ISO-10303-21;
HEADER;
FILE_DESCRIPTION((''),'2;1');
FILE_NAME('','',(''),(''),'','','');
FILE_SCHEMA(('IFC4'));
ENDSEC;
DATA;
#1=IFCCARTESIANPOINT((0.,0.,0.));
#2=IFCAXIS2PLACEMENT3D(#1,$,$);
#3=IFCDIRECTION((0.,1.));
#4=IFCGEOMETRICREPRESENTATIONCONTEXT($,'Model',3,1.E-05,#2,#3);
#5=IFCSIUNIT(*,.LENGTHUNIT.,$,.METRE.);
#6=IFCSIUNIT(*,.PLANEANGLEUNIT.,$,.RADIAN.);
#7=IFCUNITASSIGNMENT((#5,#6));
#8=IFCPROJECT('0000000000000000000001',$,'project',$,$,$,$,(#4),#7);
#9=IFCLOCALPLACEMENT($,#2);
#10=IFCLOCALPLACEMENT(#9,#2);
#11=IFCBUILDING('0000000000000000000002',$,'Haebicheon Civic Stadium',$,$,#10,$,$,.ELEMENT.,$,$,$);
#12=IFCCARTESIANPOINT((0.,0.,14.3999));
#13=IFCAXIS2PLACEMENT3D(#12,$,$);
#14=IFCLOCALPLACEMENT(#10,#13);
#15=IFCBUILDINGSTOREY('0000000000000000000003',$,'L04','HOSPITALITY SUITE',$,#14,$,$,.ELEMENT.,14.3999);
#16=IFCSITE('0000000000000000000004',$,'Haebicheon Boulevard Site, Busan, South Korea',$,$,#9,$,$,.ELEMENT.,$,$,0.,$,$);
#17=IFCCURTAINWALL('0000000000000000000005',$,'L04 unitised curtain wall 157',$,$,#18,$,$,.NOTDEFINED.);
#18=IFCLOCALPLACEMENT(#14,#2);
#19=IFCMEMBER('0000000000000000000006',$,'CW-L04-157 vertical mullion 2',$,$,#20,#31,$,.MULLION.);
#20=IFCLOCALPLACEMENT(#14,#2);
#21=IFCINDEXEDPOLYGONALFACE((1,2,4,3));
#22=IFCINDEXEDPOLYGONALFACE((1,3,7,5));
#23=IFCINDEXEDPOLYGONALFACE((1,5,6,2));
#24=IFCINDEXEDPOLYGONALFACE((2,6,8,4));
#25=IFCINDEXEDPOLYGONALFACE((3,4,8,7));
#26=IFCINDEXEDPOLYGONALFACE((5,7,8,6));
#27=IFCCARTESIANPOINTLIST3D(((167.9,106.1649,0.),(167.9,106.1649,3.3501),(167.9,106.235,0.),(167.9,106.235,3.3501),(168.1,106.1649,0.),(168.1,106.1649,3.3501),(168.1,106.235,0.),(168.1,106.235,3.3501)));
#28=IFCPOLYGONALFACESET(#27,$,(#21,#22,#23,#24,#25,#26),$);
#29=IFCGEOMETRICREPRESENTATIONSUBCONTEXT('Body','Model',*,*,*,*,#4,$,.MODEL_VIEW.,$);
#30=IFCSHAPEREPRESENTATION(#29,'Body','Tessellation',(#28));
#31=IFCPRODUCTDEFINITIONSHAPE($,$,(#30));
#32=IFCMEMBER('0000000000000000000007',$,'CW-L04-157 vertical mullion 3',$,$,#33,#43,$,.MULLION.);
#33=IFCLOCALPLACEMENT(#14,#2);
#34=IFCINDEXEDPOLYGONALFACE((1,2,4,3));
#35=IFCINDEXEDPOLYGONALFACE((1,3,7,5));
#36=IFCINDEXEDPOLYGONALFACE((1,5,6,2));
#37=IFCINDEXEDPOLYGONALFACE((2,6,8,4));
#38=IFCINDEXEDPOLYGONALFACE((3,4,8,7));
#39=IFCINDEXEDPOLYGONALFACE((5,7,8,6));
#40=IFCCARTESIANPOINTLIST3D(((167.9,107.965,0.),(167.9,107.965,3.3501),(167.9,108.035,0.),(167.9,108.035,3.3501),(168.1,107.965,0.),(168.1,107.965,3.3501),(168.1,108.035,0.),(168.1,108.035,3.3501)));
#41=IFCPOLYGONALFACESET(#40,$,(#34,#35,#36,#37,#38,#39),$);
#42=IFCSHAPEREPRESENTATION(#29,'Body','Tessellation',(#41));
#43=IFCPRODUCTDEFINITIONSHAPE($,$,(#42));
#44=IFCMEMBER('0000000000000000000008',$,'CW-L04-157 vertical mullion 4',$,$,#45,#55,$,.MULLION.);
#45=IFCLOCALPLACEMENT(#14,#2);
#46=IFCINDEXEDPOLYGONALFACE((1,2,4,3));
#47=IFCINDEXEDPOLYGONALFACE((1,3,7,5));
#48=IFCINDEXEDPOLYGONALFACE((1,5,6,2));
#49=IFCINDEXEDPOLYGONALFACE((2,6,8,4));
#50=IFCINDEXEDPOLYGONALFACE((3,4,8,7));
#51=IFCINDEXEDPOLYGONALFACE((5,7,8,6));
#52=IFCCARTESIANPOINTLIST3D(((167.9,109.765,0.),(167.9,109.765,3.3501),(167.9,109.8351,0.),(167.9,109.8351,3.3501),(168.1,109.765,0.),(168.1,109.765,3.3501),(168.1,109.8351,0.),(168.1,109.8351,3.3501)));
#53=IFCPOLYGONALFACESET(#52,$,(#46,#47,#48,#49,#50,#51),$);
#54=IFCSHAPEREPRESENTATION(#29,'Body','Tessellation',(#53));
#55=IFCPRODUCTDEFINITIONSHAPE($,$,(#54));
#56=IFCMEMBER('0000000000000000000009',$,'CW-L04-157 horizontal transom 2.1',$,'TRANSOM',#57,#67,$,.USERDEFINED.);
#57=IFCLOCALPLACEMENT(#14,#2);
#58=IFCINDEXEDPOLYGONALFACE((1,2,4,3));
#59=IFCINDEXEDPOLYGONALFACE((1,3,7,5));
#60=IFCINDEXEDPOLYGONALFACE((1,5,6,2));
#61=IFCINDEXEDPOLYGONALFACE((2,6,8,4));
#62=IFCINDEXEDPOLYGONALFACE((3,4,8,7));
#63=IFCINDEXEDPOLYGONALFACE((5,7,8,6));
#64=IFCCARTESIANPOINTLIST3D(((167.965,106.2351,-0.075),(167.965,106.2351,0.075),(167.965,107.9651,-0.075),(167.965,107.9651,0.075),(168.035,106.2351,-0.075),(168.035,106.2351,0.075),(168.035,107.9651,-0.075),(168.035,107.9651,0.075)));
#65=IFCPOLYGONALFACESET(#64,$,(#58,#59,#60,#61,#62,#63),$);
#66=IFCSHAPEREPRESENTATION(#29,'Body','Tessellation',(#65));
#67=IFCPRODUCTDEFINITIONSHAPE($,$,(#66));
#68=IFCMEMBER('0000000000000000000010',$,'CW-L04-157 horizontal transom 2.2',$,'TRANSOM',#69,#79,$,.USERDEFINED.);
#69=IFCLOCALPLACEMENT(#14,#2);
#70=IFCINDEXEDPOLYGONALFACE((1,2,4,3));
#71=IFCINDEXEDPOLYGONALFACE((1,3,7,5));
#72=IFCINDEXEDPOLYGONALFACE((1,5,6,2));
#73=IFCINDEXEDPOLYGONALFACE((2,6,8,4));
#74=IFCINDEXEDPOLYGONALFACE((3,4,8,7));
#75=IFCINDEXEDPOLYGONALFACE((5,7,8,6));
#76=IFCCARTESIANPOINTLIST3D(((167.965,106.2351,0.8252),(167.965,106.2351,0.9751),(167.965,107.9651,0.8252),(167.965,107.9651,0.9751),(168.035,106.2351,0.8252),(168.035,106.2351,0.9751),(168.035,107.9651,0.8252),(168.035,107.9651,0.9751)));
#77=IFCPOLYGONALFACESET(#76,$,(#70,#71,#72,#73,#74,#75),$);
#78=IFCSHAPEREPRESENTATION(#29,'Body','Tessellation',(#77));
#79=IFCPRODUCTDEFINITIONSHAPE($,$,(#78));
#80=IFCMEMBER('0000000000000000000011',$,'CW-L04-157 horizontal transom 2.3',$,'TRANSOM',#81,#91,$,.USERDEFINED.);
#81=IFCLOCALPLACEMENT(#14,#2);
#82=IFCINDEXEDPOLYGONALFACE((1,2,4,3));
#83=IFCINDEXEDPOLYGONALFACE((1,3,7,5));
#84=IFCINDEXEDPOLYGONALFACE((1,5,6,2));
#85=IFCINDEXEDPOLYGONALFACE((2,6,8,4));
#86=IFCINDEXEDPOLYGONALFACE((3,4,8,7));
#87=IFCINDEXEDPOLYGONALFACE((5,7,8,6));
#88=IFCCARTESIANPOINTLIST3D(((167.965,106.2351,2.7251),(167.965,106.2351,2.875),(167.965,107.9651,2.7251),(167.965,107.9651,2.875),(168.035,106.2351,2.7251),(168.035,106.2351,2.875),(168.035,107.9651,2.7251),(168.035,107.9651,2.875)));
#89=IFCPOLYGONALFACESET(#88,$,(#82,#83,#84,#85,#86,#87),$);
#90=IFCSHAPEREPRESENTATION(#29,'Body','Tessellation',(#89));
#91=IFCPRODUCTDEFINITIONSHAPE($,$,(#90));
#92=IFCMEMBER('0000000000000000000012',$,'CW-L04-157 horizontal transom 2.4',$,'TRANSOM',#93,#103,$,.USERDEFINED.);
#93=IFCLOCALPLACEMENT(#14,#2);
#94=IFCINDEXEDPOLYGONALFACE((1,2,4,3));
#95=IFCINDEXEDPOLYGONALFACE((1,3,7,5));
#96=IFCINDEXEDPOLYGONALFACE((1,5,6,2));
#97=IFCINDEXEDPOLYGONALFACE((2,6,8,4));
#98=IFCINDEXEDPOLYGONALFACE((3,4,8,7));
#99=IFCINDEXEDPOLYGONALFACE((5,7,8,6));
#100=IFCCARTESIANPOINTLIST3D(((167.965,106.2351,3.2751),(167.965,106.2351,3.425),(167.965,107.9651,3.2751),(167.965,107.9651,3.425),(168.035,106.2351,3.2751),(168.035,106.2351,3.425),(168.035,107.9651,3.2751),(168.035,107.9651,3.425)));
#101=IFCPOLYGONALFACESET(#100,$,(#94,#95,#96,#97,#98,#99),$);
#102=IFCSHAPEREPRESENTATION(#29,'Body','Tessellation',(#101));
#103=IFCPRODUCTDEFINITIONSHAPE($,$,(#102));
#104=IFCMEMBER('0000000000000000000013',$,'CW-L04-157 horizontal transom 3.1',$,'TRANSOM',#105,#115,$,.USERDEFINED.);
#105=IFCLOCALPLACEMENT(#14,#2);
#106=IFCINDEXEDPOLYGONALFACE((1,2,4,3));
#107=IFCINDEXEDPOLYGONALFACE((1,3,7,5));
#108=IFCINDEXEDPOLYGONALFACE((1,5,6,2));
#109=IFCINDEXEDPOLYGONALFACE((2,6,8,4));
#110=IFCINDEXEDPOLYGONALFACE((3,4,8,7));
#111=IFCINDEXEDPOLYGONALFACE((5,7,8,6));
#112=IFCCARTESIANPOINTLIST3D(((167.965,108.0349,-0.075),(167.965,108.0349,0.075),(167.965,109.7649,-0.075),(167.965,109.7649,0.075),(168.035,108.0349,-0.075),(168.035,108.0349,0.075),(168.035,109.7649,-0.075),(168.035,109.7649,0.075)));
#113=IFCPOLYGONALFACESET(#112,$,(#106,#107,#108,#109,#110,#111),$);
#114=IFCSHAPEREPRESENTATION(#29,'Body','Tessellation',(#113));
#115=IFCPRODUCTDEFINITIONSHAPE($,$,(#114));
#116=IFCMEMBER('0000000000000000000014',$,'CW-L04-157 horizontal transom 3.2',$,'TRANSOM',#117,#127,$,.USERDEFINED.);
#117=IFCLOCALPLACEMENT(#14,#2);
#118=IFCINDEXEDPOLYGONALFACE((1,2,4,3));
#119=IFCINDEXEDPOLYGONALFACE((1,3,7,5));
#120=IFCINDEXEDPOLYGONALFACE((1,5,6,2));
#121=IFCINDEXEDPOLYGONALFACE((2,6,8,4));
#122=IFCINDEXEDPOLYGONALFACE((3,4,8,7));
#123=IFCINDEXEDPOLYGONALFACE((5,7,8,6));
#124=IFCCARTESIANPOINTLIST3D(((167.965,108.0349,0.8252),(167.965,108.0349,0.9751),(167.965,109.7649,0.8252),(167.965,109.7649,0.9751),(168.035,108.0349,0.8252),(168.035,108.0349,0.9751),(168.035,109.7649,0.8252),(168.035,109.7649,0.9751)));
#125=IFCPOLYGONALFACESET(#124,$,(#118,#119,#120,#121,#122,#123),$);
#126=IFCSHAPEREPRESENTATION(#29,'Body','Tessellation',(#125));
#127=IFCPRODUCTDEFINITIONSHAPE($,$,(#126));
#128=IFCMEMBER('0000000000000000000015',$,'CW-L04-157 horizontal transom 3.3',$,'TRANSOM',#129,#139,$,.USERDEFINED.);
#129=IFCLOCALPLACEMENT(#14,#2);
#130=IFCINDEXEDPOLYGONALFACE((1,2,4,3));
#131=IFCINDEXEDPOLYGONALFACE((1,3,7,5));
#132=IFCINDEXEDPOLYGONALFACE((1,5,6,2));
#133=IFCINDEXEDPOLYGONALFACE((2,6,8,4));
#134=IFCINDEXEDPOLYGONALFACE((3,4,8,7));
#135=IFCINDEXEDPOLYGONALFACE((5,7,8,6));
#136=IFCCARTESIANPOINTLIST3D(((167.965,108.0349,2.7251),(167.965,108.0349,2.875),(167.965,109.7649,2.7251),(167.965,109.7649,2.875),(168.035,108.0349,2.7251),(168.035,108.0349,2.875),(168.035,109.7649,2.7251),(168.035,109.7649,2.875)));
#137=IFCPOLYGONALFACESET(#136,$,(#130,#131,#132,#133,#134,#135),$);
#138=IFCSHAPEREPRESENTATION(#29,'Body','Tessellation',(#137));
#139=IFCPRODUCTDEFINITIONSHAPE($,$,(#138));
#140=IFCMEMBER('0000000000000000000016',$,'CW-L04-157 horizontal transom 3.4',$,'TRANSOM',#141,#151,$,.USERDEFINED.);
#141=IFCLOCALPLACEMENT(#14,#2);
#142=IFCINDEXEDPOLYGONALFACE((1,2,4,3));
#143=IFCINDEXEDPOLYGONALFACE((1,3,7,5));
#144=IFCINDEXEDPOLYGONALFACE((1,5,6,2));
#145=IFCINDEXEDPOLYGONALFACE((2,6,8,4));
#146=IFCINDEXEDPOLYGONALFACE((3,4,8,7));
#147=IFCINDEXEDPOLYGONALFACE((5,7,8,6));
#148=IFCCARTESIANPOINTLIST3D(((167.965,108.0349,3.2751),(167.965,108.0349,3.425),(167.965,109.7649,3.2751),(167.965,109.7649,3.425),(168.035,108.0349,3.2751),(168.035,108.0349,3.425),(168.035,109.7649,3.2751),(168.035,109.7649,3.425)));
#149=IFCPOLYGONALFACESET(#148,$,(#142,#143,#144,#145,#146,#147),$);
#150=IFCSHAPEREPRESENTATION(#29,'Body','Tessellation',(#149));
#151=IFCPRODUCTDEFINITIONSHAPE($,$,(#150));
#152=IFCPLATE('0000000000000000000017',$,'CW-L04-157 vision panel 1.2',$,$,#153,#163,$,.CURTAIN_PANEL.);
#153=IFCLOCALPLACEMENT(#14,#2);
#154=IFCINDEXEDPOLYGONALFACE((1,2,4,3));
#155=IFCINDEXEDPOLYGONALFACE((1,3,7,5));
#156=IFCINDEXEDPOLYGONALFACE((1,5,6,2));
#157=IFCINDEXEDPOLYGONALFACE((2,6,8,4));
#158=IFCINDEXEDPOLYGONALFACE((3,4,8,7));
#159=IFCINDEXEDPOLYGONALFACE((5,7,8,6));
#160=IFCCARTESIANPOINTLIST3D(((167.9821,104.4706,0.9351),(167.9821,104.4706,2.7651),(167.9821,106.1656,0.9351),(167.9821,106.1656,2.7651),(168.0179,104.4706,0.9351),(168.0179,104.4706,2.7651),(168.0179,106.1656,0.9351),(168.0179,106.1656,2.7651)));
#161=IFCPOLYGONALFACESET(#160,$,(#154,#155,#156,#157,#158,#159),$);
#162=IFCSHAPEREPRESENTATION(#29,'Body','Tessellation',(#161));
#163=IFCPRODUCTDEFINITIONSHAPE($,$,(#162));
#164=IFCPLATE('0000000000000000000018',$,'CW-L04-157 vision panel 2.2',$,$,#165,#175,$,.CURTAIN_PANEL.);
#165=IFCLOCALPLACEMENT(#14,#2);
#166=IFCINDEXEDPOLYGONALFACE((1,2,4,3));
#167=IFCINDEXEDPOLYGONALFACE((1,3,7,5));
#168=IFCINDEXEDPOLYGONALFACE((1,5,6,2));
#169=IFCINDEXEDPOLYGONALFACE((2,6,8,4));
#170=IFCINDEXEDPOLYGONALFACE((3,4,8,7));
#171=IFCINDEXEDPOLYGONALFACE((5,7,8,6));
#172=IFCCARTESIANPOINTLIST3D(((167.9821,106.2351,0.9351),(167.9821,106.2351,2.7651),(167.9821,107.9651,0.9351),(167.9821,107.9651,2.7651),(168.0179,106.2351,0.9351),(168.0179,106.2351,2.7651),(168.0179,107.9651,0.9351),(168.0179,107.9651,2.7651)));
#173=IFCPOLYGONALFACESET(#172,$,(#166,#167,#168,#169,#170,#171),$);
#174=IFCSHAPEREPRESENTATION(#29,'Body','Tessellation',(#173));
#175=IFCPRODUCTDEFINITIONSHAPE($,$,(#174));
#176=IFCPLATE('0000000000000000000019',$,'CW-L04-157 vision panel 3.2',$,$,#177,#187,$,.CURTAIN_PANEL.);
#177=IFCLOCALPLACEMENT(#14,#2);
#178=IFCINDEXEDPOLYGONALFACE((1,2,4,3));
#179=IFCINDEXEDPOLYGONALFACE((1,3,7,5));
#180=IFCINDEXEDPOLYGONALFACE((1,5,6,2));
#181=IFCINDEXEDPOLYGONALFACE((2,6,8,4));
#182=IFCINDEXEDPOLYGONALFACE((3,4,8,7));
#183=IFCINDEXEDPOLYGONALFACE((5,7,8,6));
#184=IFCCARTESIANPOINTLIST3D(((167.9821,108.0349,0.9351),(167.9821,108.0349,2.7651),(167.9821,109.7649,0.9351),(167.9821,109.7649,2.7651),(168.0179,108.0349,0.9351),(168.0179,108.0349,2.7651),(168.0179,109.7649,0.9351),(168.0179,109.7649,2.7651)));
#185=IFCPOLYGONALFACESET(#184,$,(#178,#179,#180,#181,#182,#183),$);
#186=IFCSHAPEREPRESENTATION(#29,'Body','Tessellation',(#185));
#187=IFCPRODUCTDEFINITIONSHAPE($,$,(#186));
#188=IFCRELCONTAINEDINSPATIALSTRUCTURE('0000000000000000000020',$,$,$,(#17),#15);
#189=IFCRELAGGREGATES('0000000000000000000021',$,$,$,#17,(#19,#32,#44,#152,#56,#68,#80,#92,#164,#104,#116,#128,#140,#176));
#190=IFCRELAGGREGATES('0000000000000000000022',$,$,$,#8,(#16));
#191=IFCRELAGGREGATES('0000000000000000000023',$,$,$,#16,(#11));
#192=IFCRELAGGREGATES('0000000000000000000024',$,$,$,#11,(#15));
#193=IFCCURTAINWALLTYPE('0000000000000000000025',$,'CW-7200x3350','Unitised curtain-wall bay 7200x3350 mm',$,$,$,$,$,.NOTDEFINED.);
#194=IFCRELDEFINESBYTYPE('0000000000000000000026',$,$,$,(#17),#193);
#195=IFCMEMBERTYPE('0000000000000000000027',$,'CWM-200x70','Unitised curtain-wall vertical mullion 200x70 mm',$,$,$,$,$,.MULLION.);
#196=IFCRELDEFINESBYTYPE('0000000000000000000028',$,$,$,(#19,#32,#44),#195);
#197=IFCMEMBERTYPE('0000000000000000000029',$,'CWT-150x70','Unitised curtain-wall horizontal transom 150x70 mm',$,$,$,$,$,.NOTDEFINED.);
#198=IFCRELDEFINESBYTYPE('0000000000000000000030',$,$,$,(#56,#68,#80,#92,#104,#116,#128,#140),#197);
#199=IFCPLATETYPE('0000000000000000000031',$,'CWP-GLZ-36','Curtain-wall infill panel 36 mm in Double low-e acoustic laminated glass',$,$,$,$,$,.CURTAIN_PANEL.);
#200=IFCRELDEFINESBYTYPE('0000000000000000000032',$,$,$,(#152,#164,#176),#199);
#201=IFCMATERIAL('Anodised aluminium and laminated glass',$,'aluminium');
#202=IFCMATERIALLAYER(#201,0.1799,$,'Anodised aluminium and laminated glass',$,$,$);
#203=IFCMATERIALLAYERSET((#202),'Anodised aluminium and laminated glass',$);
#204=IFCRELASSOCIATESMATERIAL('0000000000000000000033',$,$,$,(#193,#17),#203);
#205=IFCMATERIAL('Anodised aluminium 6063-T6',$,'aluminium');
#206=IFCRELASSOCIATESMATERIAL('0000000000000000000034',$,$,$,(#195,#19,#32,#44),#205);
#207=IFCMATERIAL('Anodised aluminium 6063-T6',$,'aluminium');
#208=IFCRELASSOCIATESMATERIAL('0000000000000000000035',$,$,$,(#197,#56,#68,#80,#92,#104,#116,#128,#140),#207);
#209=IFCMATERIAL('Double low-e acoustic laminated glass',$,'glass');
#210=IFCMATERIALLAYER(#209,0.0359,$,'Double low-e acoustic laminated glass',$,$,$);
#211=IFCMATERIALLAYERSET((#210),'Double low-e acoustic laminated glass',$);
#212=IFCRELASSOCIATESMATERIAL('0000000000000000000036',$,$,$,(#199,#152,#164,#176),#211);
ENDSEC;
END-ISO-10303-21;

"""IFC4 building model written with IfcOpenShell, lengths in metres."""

from ifc_helpers import new_model, si_unit, direction, frame, origin, origin_2d, place, context, subcontext, project, spatial, rectangle, extrude, material, layer, layer_set, material_profile, profile_set, type_object, element, aggregate, save


model = new_model("IFC4")

# Units and contexts
model_context = context("Model", 3, precision=1e-05, world=origin(), true_north=direction((0.0, 1.0)))
body_context = subcontext(model_context, "Body", "Model", "MODEL_VIEW")
ifc_project = project(units=[si_unit("LENGTHUNIT", "METRE"), si_unit("PLANEANGLEUNIT", "RADIAN")], contexts=[model_context])

# Site, building, storey
site_placement = place(None, origin())
site = spatial("IfcSite", under=ifc_project, at=site_placement, Name="Haebicheon Boulevard Site, Busan, South Korea", CompositionType="ELEMENT", RefElevation=0.0)
building_placement = place(site_placement, origin())
building = spatial("IfcBuilding", under=site, at=building_placement, Name="Haebicheon Civic Stadium", CompositionType="ELEMENT")
storey_placement = place(building_placement, frame((0.0, 0.0, 14.3999)))
storey = spatial("IfcBuildingStorey", under=building, at=storey_placement, Name="L04", Description="HOSPITALITY SUITE", CompositionType="ELEMENT", Elevation=14.3999)

# Curtain wall, members, plates
ifc_material_1 = material(Name="Anodised aluminium and laminated glass", Category="aluminium")
ifc_layer_1 = layer(ifc_material_1, 0.1799, Name="Anodised aluminium and laminated glass")
ifc_layer_set_1 = layer_set([ifc_layer_1], Name="Anodised aluminium and laminated glass")
curtain_wall_type = type_object("IfcCurtainWallType", Name="CW-7200x3350", Description="Unitised curtain-wall bay 7200x3350 mm", PredefinedType="NOTDEFINED", material=ifc_layer_set_1)
curtain_wall_placement = place(storey_placement, origin())
curtain_wall = element("IfcCurtainWall", 1, at=curtain_wall_placement, inside=storey, type_object=curtain_wall_type, material=ifc_layer_set_1, Name="L04 unitised curtain wall 157", PredefinedType="NOTDEFINED")
ifc_material_2 = material(Name="Anodised aluminium 6063-T6", Category="aluminium")
ifc_material_profile_1 = material_profile(ifc_material_2, rectangle(XDim=0.0701, YDim=0.2, at=origin_2d()), Name="ALU-MULL-70x200")
ifc_profile_set_1 = profile_set([ifc_material_profile_1], Name="Anodised aluminium 6063-T6")
member_type_1 = type_object("IfcMemberType", Name="CWM-200x70", Description="Unitised curtain-wall vertical mullion 200x70 mm", PredefinedType="MULLION", material=ifc_profile_set_1)
member_1_placement = place(storey_placement, frame((168.0, 106.2, 0.0), z_axis=(0.0, 0.0, 1.0), x_axis=(0.0, 1.0, 0.0)))
member_1 = element("IfcMember", 2, at=member_1_placement, type_object=member_type_1, material=ifc_profile_set_1, Name="CW-L04-157 vertical mullion 2", PredefinedType="MULLION", context=body_context, shape_type="SweptSolid", body=[
    extrude(rectangle(XDim=0.0701, YDim=0.2, at=origin_2d()), origin(), (0.0, 0.0, 1.0), 3.3501),
])
member_2_placement = place(storey_placement, frame((168.0, 108.0, 0.0), z_axis=(0.0, 0.0, 1.0), x_axis=(0.0, 1.0, 0.0)))
member_2 = element("IfcMember", 3, at=member_2_placement, type_object=member_type_1, material=ifc_profile_set_1, Name="CW-L04-157 vertical mullion 3", PredefinedType="MULLION", context=body_context, shape_type="SweptSolid", body=[
    extrude(rectangle(XDim=0.0701, YDim=0.2, at=origin_2d()), origin(), (0.0, 0.0, 1.0), 3.3501),
])
member_3_placement = place(storey_placement, frame((168.0, 109.8, 0.0), z_axis=(0.0, 0.0, 1.0), x_axis=(0.0, 1.0, 0.0)))
member_3 = element("IfcMember", 4, at=member_3_placement, type_object=member_type_1, material=ifc_profile_set_1, Name="CW-L04-157 vertical mullion 4", PredefinedType="MULLION", context=body_context, shape_type="SweptSolid", body=[
    extrude(rectangle(XDim=0.0701, YDim=0.2, at=origin_2d()), origin(), (0.0, 0.0, 1.0), 3.3501),
])
ifc_material_3 = material(Name="Anodised aluminium 6063-T6", Category="aluminium")
ifc_material_profile_2 = material_profile(ifc_material_3, rectangle(XDim=0.0701, YDim=0.1499, at=origin_2d()), Name="ALU-TRAN-70x150")
ifc_profile_set_2 = profile_set([ifc_material_profile_2], Name="Anodised aluminium 6063-T6")
member_type_2 = type_object("IfcMemberType", Name="CWT-150x70", Description="Unitised curtain-wall horizontal transom 150x70 mm", PredefinedType="NOTDEFINED", material=ifc_profile_set_2)
member_4_placement = place(storey_placement, frame((168.0, 106.2351, 0.0), z_axis=(0.0, 1.0, 0.0), x_axis=(-1.0, 0.0, 0.0)))
member_4 = element("IfcMember", 5, at=member_4_placement, type_object=member_type_2, material=ifc_profile_set_2, Name="CW-L04-157 horizontal transom 2.1", ObjectType="TRANSOM", PredefinedType="USERDEFINED", context=body_context, shape_type="SweptSolid", body=[
    extrude(rectangle(XDim=0.0701, YDim=0.1499, at=origin_2d()), origin(), (0.0, 0.0, 1.0), 1.73),
])
member_5_placement = place(storey_placement, frame((168.0, 106.2351, 0.9001), z_axis=(0.0, 1.0, 0.0), x_axis=(-1.0, 0.0, 0.0)))
member_5 = element("IfcMember", 6, at=member_5_placement, type_object=member_type_2, material=ifc_profile_set_2, Name="CW-L04-157 horizontal transom 2.2", ObjectType="TRANSOM", PredefinedType="USERDEFINED", context=body_context, shape_type="SweptSolid", body=[
    extrude(rectangle(XDim=0.0701, YDim=0.1499, at=origin_2d()), origin(), (0.0, 0.0, 1.0), 1.73),
])
member_6_placement = place(storey_placement, frame((168.0, 106.2351, 2.8), z_axis=(0.0, 1.0, 0.0), x_axis=(-1.0, 0.0, 0.0)))
member_6 = element("IfcMember", 7, at=member_6_placement, type_object=member_type_2, material=ifc_profile_set_2, Name="CW-L04-157 horizontal transom 2.3", ObjectType="TRANSOM", PredefinedType="USERDEFINED", context=body_context, shape_type="SweptSolid", body=[
    extrude(rectangle(XDim=0.0701, YDim=0.1499, at=origin_2d()), origin(), (0.0, 0.0, 1.0), 1.73),
])
member_7_placement = place(storey_placement, frame((168.0, 106.2351, 3.3501), z_axis=(0.0, 1.0, 0.0), x_axis=(-1.0, 0.0, 0.0)))
member_7 = element("IfcMember", 8, at=member_7_placement, type_object=member_type_2, material=ifc_profile_set_2, Name="CW-L04-157 horizontal transom 2.4", ObjectType="TRANSOM", PredefinedType="USERDEFINED", context=body_context, shape_type="SweptSolid", body=[
    extrude(rectangle(XDim=0.0701, YDim=0.1499, at=origin_2d()), origin(), (0.0, 0.0, 1.0), 1.73),
])
member_8_placement = place(storey_placement, frame((168.0, 108.0349, 0.0), z_axis=(0.0, 1.0, 0.0), x_axis=(-1.0, 0.0, 0.0)))
member_8 = element("IfcMember", 9, at=member_8_placement, type_object=member_type_2, material=ifc_profile_set_2, Name="CW-L04-157 horizontal transom 3.1", ObjectType="TRANSOM", PredefinedType="USERDEFINED", context=body_context, shape_type="SweptSolid", body=[
    extrude(rectangle(XDim=0.0701, YDim=0.1499, at=origin_2d()), origin(), (0.0, 0.0, 1.0), 1.73),
])
member_9_placement = place(storey_placement, frame((168.0, 108.0349, 0.9001), z_axis=(0.0, 1.0, 0.0), x_axis=(-1.0, 0.0, 0.0)))
member_9 = element("IfcMember", 10, at=member_9_placement, type_object=member_type_2, material=ifc_profile_set_2, Name="CW-L04-157 horizontal transom 3.2", ObjectType="TRANSOM", PredefinedType="USERDEFINED", context=body_context, shape_type="SweptSolid", body=[
    extrude(rectangle(XDim=0.0701, YDim=0.1499, at=origin_2d()), origin(), (0.0, 0.0, 1.0), 1.73),
])
member_10_placement = place(storey_placement, frame((168.0, 108.0349, 2.8), z_axis=(0.0, 1.0, 0.0), x_axis=(-1.0, 0.0, 0.0)))
member_10 = element("IfcMember", 11, at=member_10_placement, type_object=member_type_2, material=ifc_profile_set_2, Name="CW-L04-157 horizontal transom 3.3", ObjectType="TRANSOM", PredefinedType="USERDEFINED", context=body_context, shape_type="SweptSolid", body=[
    extrude(rectangle(XDim=0.0701, YDim=0.1499, at=origin_2d()), origin(), (0.0, 0.0, 1.0), 1.73),
])
member_11_placement = place(storey_placement, frame((168.0, 108.0349, 3.3501), z_axis=(0.0, 1.0, 0.0), x_axis=(-1.0, 0.0, 0.0)))
member_11 = element("IfcMember", 12, at=member_11_placement, type_object=member_type_2, material=ifc_profile_set_2, Name="CW-L04-157 horizontal transom 3.4", ObjectType="TRANSOM", PredefinedType="USERDEFINED", context=body_context, shape_type="SweptSolid", body=[
    extrude(rectangle(XDim=0.0701, YDim=0.1499, at=origin_2d()), origin(), (0.0, 0.0, 1.0), 1.73),
])
ifc_material_4 = material(Name="Double low-e acoustic laminated glass", Category="glass")
ifc_layer_2 = layer(ifc_material_4, 0.0359, Name="Double low-e acoustic laminated glass")
ifc_layer_set_2 = layer_set([ifc_layer_2], Name="Double low-e acoustic laminated glass")
plate_type_1 = type_object("IfcPlateType", Name="CWP-GLZ-36", Description="Curtain-wall infill panel 36 mm in Double low-e acoustic laminated glass", PredefinedType="CURTAIN_PANEL", material=ifc_layer_set_2)
plate_1_placement = place(storey_placement, frame((168.0, 105.3181, 0.9351), z_axis=(0.0, 0.0, 1.0), x_axis=(0.0, 1.0, 0.0)))
plate_1 = element("IfcPlate", 13, at=plate_1_placement, type_object=plate_type_1, material=ifc_layer_set_2, Name="CW-L04-157 vision panel 1.2", PredefinedType="CURTAIN_PANEL", context=body_context, shape_type="SweptSolid", body=[
    extrude(rectangle(XDim=1.6951, YDim=0.0359, at=origin_2d()), origin(), (0.0, 0.0, 1.0), 1.8301),
])
plate_2_placement = place(storey_placement, frame((168.0, 107.1001, 0.9351), z_axis=(0.0, 0.0, 1.0), x_axis=(0.0, 1.0, 0.0)))
plate_2 = element("IfcPlate", 14, at=plate_2_placement, type_object=plate_type_1, material=ifc_layer_set_2, Name="CW-L04-157 vision panel 2.2", PredefinedType="CURTAIN_PANEL", context=body_context, shape_type="SweptSolid", body=[
    extrude(rectangle(XDim=1.73, YDim=0.0359, at=origin_2d()), origin(), (0.0, 0.0, 1.0), 1.8301),
])
plate_3_placement = place(storey_placement, frame((168.0, 108.8999, 0.9351), z_axis=(0.0, 0.0, 1.0), x_axis=(0.0, 1.0, 0.0)))
plate_3 = element("IfcPlate", 15, at=plate_3_placement, type_object=plate_type_1, material=ifc_layer_set_2, Name="CW-L04-157 vision panel 3.2", PredefinedType="CURTAIN_PANEL", context=body_context, shape_type="SweptSolid", body=[
    extrude(rectangle(XDim=1.73, YDim=0.0359, at=origin_2d()), origin(), (0.0, 0.0, 1.0), 1.8301),
])
aggregate(curtain_wall, [member_1, member_2, member_3, plate_1, member_4, member_5, member_6, member_7, plate_2, member_8, member_9, member_10, member_11, plate_3])

save(model, "model.ifc")
